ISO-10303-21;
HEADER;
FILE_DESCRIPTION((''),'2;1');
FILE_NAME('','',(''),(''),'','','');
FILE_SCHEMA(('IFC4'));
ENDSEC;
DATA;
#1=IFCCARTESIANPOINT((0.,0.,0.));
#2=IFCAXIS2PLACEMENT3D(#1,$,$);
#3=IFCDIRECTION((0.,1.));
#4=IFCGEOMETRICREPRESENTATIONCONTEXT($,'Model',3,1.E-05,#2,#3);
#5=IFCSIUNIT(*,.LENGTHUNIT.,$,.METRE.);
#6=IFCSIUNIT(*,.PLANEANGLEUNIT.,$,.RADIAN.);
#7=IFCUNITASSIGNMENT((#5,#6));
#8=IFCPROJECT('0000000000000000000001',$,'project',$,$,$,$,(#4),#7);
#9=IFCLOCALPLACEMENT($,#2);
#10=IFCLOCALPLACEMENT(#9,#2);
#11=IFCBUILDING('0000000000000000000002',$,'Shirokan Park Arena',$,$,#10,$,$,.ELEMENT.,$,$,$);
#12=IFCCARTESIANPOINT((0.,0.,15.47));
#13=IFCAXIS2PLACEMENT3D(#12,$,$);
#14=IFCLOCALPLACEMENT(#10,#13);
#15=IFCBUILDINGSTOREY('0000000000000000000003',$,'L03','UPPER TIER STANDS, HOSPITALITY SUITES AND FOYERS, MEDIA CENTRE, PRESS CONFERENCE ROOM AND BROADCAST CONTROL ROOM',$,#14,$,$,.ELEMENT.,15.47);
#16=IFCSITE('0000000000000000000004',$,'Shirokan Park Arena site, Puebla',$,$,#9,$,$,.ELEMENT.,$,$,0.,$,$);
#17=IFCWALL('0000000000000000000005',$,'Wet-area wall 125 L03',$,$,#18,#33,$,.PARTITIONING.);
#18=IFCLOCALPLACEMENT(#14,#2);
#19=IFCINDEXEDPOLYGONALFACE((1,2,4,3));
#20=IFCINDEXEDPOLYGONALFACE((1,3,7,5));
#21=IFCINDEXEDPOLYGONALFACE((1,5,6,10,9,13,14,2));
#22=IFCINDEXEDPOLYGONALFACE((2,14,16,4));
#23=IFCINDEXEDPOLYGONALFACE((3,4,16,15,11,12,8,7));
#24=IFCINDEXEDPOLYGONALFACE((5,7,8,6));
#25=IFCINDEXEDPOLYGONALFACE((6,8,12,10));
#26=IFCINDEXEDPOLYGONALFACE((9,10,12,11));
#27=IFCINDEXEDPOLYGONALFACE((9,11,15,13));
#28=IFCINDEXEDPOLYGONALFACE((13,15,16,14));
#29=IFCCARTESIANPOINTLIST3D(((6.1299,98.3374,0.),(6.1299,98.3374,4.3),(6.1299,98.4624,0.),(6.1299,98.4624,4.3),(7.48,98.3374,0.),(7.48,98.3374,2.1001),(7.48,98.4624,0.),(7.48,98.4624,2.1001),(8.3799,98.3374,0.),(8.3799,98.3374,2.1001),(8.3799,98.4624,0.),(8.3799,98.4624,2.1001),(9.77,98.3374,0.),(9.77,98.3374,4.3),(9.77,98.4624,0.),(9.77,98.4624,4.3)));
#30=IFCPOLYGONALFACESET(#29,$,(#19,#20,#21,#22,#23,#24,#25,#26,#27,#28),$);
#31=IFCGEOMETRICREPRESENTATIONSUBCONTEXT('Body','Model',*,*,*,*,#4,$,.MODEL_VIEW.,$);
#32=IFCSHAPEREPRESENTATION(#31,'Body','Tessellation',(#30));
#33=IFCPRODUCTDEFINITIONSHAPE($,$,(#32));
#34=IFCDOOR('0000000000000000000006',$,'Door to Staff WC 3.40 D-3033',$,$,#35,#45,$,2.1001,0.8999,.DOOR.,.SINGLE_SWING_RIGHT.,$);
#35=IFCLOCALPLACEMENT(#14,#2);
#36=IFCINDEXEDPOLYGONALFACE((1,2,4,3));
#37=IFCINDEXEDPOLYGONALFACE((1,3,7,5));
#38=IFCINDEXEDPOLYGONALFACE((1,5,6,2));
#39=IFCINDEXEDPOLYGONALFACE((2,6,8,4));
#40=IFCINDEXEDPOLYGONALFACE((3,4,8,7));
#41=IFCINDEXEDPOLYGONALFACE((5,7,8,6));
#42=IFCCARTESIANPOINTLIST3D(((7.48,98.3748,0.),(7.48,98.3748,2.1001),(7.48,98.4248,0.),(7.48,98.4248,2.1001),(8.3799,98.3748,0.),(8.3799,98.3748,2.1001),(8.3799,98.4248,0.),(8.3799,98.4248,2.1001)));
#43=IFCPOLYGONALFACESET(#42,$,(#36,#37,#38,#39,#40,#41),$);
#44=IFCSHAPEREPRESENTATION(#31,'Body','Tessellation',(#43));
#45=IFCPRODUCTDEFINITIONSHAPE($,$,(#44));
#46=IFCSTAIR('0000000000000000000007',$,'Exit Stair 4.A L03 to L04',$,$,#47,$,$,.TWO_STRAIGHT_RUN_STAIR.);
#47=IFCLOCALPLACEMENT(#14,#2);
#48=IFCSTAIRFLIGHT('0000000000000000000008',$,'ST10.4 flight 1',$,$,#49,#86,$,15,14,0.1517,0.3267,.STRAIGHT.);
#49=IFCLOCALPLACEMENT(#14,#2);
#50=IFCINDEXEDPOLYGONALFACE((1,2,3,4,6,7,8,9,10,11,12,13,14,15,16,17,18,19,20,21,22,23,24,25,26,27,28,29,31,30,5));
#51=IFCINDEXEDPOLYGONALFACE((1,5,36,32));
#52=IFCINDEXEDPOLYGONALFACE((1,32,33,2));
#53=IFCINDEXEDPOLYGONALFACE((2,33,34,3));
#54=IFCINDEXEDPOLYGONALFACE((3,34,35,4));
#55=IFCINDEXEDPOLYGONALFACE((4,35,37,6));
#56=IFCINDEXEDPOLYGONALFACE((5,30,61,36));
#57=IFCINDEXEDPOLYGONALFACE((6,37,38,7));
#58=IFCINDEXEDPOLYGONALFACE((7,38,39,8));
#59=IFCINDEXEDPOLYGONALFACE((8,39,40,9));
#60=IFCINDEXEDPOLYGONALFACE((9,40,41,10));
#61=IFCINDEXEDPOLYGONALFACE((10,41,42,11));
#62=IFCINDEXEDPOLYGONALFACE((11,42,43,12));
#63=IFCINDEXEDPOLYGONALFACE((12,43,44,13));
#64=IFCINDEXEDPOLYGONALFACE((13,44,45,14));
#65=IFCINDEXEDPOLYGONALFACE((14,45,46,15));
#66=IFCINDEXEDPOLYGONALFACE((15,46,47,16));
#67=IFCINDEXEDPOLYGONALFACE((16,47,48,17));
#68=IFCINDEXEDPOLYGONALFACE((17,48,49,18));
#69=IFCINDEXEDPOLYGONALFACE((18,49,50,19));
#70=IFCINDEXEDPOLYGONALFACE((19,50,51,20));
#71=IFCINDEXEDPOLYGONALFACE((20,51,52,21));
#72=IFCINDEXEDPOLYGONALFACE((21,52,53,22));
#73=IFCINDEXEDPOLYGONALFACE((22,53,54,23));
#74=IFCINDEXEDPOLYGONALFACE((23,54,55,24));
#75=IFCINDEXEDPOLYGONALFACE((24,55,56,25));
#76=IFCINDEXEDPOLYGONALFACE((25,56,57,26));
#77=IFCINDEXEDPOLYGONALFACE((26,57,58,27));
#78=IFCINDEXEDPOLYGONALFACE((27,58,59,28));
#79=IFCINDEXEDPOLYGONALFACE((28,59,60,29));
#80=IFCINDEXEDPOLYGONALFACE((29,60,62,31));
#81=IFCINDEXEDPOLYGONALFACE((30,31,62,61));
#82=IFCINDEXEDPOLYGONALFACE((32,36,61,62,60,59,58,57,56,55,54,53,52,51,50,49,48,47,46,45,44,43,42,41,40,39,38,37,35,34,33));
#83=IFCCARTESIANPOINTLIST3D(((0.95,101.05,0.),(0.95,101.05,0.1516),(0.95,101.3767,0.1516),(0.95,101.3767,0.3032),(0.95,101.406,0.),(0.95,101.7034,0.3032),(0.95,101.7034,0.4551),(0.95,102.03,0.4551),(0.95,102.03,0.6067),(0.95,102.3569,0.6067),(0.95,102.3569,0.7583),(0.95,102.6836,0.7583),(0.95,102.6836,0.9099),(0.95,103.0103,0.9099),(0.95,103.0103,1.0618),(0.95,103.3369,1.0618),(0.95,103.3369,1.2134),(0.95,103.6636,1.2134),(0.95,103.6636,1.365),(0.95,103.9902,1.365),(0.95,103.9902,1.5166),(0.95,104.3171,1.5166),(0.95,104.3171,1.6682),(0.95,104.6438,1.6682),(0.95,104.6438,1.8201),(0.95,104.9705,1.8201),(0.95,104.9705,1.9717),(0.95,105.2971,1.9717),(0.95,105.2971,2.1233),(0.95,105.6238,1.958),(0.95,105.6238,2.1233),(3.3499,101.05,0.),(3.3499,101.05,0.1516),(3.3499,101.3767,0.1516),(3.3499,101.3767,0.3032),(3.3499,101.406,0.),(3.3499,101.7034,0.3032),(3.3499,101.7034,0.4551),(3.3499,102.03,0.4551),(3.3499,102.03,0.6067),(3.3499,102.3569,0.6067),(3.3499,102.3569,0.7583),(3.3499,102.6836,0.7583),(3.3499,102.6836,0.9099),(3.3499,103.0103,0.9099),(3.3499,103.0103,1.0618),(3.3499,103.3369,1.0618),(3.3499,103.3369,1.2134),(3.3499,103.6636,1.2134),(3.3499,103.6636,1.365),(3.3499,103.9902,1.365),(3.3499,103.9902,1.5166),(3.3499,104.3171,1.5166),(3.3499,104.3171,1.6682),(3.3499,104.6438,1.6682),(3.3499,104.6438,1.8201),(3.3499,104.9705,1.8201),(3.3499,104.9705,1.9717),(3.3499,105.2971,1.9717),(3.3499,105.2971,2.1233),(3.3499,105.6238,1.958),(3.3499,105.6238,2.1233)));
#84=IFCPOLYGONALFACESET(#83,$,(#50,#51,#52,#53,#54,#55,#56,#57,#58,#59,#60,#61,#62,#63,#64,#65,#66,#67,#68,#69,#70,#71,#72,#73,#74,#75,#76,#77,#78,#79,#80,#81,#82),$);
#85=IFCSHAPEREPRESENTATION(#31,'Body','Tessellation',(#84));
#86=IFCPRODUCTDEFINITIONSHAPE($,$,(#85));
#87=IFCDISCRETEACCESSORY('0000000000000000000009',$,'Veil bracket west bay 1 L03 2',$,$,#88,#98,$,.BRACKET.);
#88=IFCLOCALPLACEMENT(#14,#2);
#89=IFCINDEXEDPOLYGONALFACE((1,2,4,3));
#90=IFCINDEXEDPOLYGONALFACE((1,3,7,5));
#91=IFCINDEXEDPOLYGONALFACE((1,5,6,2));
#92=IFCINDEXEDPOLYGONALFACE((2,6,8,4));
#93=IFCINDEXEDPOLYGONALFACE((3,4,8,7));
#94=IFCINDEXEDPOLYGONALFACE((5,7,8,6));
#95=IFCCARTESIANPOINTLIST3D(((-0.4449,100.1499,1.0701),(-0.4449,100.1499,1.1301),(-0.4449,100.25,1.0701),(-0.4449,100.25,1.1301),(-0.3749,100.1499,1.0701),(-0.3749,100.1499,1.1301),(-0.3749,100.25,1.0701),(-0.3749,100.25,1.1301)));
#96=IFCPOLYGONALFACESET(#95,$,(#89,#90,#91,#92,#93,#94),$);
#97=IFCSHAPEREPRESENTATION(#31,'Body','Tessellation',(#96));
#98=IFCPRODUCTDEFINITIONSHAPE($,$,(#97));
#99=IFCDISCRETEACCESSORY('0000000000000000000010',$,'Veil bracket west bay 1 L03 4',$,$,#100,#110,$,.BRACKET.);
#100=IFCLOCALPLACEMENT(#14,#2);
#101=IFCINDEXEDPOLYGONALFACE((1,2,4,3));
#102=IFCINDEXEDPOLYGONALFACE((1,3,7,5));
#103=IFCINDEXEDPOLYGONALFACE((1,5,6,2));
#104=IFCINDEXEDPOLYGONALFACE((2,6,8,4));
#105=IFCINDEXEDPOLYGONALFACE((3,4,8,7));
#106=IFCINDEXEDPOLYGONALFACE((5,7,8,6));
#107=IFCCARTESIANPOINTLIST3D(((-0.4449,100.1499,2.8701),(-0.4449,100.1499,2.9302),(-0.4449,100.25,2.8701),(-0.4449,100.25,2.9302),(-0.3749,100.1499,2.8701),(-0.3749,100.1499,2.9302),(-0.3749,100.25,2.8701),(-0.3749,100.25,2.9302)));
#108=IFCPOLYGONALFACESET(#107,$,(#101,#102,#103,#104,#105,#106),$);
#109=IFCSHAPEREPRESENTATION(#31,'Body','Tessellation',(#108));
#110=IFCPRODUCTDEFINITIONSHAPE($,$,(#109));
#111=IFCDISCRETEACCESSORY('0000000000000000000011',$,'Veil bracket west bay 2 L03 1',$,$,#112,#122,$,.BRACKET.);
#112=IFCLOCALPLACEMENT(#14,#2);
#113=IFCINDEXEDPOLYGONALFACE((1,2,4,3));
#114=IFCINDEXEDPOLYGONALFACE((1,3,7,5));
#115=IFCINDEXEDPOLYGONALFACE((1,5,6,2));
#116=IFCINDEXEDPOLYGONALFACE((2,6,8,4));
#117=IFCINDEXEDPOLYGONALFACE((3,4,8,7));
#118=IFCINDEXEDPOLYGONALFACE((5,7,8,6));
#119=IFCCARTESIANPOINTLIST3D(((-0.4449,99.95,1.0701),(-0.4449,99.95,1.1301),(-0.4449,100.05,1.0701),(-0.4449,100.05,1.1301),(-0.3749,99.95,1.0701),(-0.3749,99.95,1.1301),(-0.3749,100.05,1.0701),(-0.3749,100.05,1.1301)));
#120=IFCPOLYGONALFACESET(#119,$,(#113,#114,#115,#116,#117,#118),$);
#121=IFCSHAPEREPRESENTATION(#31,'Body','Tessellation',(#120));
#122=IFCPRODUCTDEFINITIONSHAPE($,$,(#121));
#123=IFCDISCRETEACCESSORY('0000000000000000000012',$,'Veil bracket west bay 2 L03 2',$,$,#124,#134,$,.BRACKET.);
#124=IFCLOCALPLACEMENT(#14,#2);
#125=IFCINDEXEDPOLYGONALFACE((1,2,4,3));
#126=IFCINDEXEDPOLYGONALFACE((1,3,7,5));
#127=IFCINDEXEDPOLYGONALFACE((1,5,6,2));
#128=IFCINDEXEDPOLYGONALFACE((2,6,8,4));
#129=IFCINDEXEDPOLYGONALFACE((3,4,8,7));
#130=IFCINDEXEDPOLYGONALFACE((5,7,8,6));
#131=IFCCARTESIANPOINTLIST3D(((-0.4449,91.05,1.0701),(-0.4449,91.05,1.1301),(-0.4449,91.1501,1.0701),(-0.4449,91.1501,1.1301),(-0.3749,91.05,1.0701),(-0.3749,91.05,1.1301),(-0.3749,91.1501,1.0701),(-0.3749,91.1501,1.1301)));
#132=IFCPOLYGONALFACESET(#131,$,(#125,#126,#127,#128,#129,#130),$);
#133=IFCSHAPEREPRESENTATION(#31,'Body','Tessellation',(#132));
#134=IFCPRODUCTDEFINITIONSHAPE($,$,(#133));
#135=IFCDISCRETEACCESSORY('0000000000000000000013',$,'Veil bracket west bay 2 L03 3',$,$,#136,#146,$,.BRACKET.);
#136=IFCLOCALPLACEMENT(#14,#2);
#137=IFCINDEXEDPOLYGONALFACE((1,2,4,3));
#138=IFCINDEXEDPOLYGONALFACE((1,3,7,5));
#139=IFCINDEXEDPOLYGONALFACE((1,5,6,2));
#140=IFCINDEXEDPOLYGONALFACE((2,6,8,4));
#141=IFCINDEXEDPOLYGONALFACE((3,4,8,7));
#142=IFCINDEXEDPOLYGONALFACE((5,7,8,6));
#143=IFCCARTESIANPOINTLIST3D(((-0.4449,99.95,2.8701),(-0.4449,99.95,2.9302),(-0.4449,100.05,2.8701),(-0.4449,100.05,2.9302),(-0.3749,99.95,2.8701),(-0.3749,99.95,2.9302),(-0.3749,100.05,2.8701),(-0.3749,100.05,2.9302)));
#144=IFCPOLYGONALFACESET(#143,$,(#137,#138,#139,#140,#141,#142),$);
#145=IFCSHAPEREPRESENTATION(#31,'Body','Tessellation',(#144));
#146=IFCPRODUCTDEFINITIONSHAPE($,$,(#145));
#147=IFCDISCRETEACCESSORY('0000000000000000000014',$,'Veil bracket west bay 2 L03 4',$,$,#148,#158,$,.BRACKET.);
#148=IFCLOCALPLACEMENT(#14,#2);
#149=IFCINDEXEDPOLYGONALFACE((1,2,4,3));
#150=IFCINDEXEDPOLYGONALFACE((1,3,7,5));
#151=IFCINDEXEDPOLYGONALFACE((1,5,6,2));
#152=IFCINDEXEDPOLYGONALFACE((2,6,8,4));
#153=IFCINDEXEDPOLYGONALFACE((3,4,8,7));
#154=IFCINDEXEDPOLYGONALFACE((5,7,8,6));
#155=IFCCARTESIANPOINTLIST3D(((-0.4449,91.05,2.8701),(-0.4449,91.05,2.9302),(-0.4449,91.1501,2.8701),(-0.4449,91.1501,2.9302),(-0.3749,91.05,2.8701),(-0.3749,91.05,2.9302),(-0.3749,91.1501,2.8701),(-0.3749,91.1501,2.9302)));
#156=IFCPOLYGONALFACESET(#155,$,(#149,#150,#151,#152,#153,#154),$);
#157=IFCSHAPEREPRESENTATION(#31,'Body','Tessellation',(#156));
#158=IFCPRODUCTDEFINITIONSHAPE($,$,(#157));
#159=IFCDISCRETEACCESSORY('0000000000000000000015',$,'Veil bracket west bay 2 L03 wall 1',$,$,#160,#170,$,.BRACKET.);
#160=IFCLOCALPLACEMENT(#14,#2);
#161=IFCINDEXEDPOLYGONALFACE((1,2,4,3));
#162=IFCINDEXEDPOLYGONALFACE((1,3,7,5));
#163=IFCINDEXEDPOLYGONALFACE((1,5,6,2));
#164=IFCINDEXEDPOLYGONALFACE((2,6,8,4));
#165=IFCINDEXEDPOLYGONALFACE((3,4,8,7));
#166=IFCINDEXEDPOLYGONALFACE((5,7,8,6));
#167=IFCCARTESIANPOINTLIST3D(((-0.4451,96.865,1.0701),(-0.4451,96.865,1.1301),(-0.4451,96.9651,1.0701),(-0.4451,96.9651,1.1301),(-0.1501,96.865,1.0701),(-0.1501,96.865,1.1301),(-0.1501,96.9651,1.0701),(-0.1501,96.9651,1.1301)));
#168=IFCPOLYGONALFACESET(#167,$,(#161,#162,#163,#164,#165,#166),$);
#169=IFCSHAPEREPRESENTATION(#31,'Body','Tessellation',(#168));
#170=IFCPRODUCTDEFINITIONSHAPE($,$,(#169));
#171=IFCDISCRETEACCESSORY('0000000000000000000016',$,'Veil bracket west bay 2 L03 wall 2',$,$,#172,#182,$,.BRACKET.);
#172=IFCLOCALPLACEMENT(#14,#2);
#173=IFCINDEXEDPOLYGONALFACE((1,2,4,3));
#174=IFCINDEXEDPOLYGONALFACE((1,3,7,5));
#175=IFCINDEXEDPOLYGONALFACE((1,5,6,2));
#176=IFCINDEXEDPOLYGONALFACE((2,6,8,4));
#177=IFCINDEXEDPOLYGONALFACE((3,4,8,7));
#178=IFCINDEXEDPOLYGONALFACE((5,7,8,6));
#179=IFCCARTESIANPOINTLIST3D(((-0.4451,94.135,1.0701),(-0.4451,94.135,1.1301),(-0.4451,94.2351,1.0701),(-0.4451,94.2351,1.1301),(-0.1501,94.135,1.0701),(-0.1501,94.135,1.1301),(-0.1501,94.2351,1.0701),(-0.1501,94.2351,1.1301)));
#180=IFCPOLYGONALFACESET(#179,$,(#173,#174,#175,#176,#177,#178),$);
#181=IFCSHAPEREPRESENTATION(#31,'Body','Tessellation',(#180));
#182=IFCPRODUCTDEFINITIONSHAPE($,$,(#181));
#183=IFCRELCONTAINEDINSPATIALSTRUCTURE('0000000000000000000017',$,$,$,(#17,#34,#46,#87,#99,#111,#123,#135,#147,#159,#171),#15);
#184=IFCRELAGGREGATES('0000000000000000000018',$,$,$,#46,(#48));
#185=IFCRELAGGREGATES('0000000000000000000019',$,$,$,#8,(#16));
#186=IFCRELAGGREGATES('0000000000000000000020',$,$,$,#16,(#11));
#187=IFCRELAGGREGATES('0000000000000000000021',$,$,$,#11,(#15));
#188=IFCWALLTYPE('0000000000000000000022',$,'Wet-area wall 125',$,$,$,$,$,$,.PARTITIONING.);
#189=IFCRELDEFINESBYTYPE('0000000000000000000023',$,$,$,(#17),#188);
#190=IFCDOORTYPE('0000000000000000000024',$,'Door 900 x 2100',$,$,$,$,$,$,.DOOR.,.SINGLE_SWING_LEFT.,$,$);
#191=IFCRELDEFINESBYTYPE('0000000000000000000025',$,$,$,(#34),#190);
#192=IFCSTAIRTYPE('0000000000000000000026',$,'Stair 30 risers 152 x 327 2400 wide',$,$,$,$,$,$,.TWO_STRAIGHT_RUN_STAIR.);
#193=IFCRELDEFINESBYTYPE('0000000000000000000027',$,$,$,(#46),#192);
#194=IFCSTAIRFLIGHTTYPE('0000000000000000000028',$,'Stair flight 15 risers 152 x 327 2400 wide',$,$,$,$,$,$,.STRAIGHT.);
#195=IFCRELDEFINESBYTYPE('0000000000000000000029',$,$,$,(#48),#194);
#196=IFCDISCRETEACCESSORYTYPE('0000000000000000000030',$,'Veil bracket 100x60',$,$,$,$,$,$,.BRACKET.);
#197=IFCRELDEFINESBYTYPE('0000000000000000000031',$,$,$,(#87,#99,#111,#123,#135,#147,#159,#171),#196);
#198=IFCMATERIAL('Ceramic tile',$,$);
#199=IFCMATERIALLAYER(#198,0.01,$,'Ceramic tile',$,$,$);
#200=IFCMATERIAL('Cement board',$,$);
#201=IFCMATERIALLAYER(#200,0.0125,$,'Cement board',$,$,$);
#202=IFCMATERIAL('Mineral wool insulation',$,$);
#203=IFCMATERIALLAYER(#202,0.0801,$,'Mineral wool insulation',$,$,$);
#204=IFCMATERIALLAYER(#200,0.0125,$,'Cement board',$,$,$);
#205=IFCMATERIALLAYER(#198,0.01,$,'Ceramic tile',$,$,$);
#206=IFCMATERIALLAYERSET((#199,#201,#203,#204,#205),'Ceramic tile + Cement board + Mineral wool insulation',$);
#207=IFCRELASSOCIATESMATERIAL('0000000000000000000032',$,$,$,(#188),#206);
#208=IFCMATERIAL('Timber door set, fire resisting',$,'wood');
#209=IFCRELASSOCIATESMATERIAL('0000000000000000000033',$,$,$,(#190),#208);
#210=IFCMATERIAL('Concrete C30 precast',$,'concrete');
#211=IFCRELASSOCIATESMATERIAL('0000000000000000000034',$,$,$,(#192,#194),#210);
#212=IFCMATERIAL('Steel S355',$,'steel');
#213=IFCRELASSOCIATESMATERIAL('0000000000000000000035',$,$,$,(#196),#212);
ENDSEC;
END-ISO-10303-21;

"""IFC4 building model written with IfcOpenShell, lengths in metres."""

from ifc_helpers import new_model, si_unit, direction, frame, frame_2d, origin, origin_2d, place, context, subcontext, project, spatial, polyline, rectangle, outline, extrude, material, layer, layer_set, type_object, element, fill, aggregate, save


model = new_model("IFC4")

# Units and contexts
model_context = context("Model", 3, precision=1e-05, world=origin(), true_north=direction((0.0, 1.0)))
body_context = subcontext(model_context, "Body", "Model", "MODEL_VIEW")
ifc_project = project(units=[si_unit("LENGTHUNIT", "METRE"), si_unit("PLANEANGLEUNIT", "RADIAN")], contexts=[model_context])

# Site, building, storey
site_placement = place(None, origin())
site = spatial("IfcSite", under=ifc_project, at=site_placement, Name="Shirokan Park Arena site, Puebla", CompositionType="ELEMENT", RefElevation=0.0)
building_placement = place(site_placement, origin())
building = spatial("IfcBuilding", under=site, at=building_placement, Name="Shirokan Park Arena", CompositionType="ELEMENT")
storey_placement = place(building_placement, frame((0.0, 0.0, 15.47)))
storey = spatial("IfcBuildingStorey", under=building, at=storey_placement, Name="L03", Description="UPPER TIER STANDS, HOSPITALITY SUITES AND FOYERS, MEDIA CENTRE, PRESS CONFERENCE ROOM AND BROADCAST CONTROL ROOM", CompositionType="ELEMENT", Elevation=15.47)

# Shared definitions
ifc_material_1 = material(Name="Mineral wool insulation")

# Wall, opening, door
ifc_material_2 = material(Name="Ceramic tile")
ifc_layer_1 = layer(ifc_material_2, 0.01, Name="Ceramic tile")
ifc_material_3 = material(Name="Cement board")
ifc_layer_2 = layer(ifc_material_3, 0.0125, Name="Cement board")
ifc_layer_3 = layer(ifc_material_1, 0.0801, Name="Mineral wool insulation")
ifc_layer_4 = layer(ifc_material_3, 0.0125, Name="Cement board")
ifc_layer_5 = layer(ifc_material_2, 0.01, Name="Ceramic tile")
ifc_layer_set_1 = layer_set([ifc_layer_1, ifc_layer_2, ifc_layer_3, ifc_layer_4, ifc_layer_5], Name="Ceramic tile + Cement board + Mineral wool insulation")
wall_type_1 = type_object("IfcWallType", Name="Wet-area wall 125", PredefinedType="PARTITIONING", material=ifc_layer_set_1)
wall_1_placement = place(storey_placement, frame((6.1299, 98.3999, 0.0), z_axis=(0.0, 0.0, 1.0), x_axis=(1.0, 0.0, 0.0)))
wall_1 = element("IfcWall", 1, at=wall_1_placement, inside=storey, type_object=wall_type_1, Name="Wet-area wall 125 L03", PredefinedType="PARTITIONING", context=body_context, shape_type="SweptSolid", body=[
    extrude(rectangle(XDim=3.6401, YDim=0.125, at=frame_2d((1.8201, 0.0))), origin(), (0.0, 0.0, 1.0), 4.3),
])
opening_1_placement = place(wall_1_placement, frame((1.3501, 0.0, 0.0)))
opening_1 = element("IfcOpeningElement", 2, at=opening_1_placement, cuts=wall_1, PredefinedType="OPENING", context=body_context, shape_type="SweptSolid", body=[
    extrude(rectangle(XDim=0.8999, YDim=2.1001, at=frame_2d((0.45, 1.05))), frame((0.0, 0.0725, 0.0), z_axis=(0.0, -1.0, 0.0), x_axis=(1.0, 0.0, 0.0)), (0.0, 0.0, 1.0), 0.145),
])
ifc_material_4 = material(Name="Timber door set, fire resisting", Category="wood")
door_type_1 = type_object("IfcDoorType", Name="Door 900 x 2100", OperationType="SINGLE_SWING_LEFT", PredefinedType="DOOR", material=ifc_material_4)
door_1_placement = place(opening_1_placement, origin())
door_1 = element("IfcDoor", 3, at=door_1_placement, inside=storey, type_object=door_type_1, Name="Door to Staff WC 3.40 D-3033", OperationType="SINGLE_SWING_RIGHT", OverallHeight=2.1001, OverallWidth=0.8999, PredefinedType="DOOR", context=body_context, shape_type="SweptSolid", body=[
    extrude(rectangle(XDim=0.8999, YDim=2.1001, at=frame_2d((0.45, 1.05))), frame((0.0, 0.0249, 0.0), z_axis=(0.0, -1.0, 0.0), x_axis=(1.0, 0.0, 0.0)), (0.0, 0.0, 1.0), 0.05),
])
fill(opening_1, door_1)

# Stair, stair flight
ifc_material_5 = material(Name="Concrete C30 precast", Category="concrete")
stair_type = type_object("IfcStairType", Name="Stair 30 risers 152 x 327 2400 wide", PredefinedType="TWO_STRAIGHT_RUN_STAIR", material=ifc_material_5)
stair_placement = place(storey_placement, origin())
stair = element("IfcStair", 4, at=stair_placement, inside=storey, type_object=stair_type, Name="Exit Stair 4.A L03 to L04", PredefinedType="TWO_STRAIGHT_RUN_STAIR")
stair_flight_type = type_object("IfcStairFlightType", Name="Stair flight 15 risers 152 x 327 2400 wide", PredefinedType="STRAIGHT", material=ifc_material_5)
stair_flight_placement = place(storey_placement, frame((2.1499, 101.05, 0.0), z_axis=(0.0, 0.0, 1.0), x_axis=(0.0, 1.0, 0.0)))
stair_flight = element("IfcStairFlight", 5, at=stair_flight_placement, type_object=stair_flight_type, Name="ST10.4 flight 1", NumberOfRisers=15, NumberOfTreads=14, PredefinedType="STRAIGHT", RiserHeight=0.1517, TreadLength=0.3267, context=body_context, shape_type="SweptSolid", body=[
    extrude(outline(polyline([(0.0, 0.0), (0.0, 0.1516), (0.3267, 0.1516), (0.3267, 0.3032), (0.6533, 0.3032), (0.6533, 0.4551), (0.98, 0.4551), (0.98, 0.6067), (1.3069, 0.6067), (1.3069, 0.7583), (1.6335, 0.7583), (1.6335, 0.9099), (1.9602, 0.9099), (1.9602, 1.0618), (2.2869, 1.0618), (2.2869, 1.2134), (2.6135, 1.2134), (2.6135, 1.365), (2.9402, 1.365), (2.9402, 1.5166), (3.2671, 1.5166), (3.2671, 1.6682), (3.5938, 1.6682), (3.5938, 1.8201), (3.9204, 1.8201), (3.9204, 1.9717), (4.2471, 1.9717), (4.2471, 2.1233), (4.5737, 2.1233), (4.5737, 2.2749), (4.5737, 1.958), (0.356, 0.0), (0.0, 0.0)])), frame((0.0, 1.2, 0.0), z_axis=(0.0, -1.0, 0.0), x_axis=(1.0, 0.0, 0.0)), (0.0, 0.0, 1.0), 2.3999),
])
aggregate(stair, [stair_flight])

# Discrete accessories
ifc_material_6 = material(Name="Steel S355", Category="steel")
discrete_accessory_type = type_object("IfcDiscreteAccessoryType", Name="Veil bracket 100x60", PredefinedType="BRACKET", material=ifc_material_6)
for number, where, z_axis, x_axis, name in (
    (6, (-0.4099, 100.2, 1.0701), (0.0, 0.0, 1.0), (0.0, -1.0, 0.0), "Veil bracket west bay 1 L03 2"),
    (7, (-0.4099, 100.2, 2.8701), (0.0, 0.0, 1.0), (0.0, -1.0, 0.0), "Veil bracket west bay 1 L03 4"),
    (8, (-0.4099, 100.0, 1.0701), (0.0, 0.0, 1.0), (0.0, -1.0, 0.0), "Veil bracket west bay 2 L03 1"),
    (9, (-0.4099, 91.1001, 1.0701), (0.0, 0.0, 1.0), (0.0, -1.0, 0.0), "Veil bracket west bay 2 L03 2"),
    (10, (-0.4099, 100.0, 2.8701), (0.0, 0.0, 1.0), (0.0, -1.0, 0.0), "Veil bracket west bay 2 L03 3"),
    (11, (-0.4099, 91.1001, 2.8701), (0.0, 0.0, 1.0), (0.0, -1.0, 0.0), "Veil bracket west bay 2 L03 4"),
):
    element("IfcDiscreteAccessory", number, at=place(storey_placement, frame(where, z_axis=z_axis, x_axis=x_axis)), inside=storey, type_object=discrete_accessory_type, Name=name, PredefinedType="BRACKET", context=body_context, shape_type="SweptSolid", body=[
        extrude(rectangle(XDim=0.1001, YDim=0.0701, at=origin_2d()), origin(), (0.0, 0.0, 1.0), 0.0601),
    ])
for number, where, z_axis, x_axis, name in (
    (12, (-0.2976, 96.915, 1.0701), (0.0, 0.0, 1.0), (0.0, -1.0, 0.0), "Veil bracket west bay 2 L03 wall 1"),
    (13, (-0.2976, 94.1851, 1.0701), (0.0, 0.0, 1.0), (0.0, -1.0, 0.0), "Veil bracket west bay 2 L03 wall 2"),
):
    element("IfcDiscreteAccessory", number, at=place(storey_placement, frame(where, z_axis=z_axis, x_axis=x_axis)), inside=storey, type_object=discrete_accessory_type, Name=name, PredefinedType="BRACKET", context=body_context, shape_type="SweptSolid", body=[
        extrude(rectangle(XDim=0.1001, YDim=0.2949, at=origin_2d()), origin(), (0.0, 0.0, 1.0), 0.0601),
    ])

save(model, "model.ifc")
